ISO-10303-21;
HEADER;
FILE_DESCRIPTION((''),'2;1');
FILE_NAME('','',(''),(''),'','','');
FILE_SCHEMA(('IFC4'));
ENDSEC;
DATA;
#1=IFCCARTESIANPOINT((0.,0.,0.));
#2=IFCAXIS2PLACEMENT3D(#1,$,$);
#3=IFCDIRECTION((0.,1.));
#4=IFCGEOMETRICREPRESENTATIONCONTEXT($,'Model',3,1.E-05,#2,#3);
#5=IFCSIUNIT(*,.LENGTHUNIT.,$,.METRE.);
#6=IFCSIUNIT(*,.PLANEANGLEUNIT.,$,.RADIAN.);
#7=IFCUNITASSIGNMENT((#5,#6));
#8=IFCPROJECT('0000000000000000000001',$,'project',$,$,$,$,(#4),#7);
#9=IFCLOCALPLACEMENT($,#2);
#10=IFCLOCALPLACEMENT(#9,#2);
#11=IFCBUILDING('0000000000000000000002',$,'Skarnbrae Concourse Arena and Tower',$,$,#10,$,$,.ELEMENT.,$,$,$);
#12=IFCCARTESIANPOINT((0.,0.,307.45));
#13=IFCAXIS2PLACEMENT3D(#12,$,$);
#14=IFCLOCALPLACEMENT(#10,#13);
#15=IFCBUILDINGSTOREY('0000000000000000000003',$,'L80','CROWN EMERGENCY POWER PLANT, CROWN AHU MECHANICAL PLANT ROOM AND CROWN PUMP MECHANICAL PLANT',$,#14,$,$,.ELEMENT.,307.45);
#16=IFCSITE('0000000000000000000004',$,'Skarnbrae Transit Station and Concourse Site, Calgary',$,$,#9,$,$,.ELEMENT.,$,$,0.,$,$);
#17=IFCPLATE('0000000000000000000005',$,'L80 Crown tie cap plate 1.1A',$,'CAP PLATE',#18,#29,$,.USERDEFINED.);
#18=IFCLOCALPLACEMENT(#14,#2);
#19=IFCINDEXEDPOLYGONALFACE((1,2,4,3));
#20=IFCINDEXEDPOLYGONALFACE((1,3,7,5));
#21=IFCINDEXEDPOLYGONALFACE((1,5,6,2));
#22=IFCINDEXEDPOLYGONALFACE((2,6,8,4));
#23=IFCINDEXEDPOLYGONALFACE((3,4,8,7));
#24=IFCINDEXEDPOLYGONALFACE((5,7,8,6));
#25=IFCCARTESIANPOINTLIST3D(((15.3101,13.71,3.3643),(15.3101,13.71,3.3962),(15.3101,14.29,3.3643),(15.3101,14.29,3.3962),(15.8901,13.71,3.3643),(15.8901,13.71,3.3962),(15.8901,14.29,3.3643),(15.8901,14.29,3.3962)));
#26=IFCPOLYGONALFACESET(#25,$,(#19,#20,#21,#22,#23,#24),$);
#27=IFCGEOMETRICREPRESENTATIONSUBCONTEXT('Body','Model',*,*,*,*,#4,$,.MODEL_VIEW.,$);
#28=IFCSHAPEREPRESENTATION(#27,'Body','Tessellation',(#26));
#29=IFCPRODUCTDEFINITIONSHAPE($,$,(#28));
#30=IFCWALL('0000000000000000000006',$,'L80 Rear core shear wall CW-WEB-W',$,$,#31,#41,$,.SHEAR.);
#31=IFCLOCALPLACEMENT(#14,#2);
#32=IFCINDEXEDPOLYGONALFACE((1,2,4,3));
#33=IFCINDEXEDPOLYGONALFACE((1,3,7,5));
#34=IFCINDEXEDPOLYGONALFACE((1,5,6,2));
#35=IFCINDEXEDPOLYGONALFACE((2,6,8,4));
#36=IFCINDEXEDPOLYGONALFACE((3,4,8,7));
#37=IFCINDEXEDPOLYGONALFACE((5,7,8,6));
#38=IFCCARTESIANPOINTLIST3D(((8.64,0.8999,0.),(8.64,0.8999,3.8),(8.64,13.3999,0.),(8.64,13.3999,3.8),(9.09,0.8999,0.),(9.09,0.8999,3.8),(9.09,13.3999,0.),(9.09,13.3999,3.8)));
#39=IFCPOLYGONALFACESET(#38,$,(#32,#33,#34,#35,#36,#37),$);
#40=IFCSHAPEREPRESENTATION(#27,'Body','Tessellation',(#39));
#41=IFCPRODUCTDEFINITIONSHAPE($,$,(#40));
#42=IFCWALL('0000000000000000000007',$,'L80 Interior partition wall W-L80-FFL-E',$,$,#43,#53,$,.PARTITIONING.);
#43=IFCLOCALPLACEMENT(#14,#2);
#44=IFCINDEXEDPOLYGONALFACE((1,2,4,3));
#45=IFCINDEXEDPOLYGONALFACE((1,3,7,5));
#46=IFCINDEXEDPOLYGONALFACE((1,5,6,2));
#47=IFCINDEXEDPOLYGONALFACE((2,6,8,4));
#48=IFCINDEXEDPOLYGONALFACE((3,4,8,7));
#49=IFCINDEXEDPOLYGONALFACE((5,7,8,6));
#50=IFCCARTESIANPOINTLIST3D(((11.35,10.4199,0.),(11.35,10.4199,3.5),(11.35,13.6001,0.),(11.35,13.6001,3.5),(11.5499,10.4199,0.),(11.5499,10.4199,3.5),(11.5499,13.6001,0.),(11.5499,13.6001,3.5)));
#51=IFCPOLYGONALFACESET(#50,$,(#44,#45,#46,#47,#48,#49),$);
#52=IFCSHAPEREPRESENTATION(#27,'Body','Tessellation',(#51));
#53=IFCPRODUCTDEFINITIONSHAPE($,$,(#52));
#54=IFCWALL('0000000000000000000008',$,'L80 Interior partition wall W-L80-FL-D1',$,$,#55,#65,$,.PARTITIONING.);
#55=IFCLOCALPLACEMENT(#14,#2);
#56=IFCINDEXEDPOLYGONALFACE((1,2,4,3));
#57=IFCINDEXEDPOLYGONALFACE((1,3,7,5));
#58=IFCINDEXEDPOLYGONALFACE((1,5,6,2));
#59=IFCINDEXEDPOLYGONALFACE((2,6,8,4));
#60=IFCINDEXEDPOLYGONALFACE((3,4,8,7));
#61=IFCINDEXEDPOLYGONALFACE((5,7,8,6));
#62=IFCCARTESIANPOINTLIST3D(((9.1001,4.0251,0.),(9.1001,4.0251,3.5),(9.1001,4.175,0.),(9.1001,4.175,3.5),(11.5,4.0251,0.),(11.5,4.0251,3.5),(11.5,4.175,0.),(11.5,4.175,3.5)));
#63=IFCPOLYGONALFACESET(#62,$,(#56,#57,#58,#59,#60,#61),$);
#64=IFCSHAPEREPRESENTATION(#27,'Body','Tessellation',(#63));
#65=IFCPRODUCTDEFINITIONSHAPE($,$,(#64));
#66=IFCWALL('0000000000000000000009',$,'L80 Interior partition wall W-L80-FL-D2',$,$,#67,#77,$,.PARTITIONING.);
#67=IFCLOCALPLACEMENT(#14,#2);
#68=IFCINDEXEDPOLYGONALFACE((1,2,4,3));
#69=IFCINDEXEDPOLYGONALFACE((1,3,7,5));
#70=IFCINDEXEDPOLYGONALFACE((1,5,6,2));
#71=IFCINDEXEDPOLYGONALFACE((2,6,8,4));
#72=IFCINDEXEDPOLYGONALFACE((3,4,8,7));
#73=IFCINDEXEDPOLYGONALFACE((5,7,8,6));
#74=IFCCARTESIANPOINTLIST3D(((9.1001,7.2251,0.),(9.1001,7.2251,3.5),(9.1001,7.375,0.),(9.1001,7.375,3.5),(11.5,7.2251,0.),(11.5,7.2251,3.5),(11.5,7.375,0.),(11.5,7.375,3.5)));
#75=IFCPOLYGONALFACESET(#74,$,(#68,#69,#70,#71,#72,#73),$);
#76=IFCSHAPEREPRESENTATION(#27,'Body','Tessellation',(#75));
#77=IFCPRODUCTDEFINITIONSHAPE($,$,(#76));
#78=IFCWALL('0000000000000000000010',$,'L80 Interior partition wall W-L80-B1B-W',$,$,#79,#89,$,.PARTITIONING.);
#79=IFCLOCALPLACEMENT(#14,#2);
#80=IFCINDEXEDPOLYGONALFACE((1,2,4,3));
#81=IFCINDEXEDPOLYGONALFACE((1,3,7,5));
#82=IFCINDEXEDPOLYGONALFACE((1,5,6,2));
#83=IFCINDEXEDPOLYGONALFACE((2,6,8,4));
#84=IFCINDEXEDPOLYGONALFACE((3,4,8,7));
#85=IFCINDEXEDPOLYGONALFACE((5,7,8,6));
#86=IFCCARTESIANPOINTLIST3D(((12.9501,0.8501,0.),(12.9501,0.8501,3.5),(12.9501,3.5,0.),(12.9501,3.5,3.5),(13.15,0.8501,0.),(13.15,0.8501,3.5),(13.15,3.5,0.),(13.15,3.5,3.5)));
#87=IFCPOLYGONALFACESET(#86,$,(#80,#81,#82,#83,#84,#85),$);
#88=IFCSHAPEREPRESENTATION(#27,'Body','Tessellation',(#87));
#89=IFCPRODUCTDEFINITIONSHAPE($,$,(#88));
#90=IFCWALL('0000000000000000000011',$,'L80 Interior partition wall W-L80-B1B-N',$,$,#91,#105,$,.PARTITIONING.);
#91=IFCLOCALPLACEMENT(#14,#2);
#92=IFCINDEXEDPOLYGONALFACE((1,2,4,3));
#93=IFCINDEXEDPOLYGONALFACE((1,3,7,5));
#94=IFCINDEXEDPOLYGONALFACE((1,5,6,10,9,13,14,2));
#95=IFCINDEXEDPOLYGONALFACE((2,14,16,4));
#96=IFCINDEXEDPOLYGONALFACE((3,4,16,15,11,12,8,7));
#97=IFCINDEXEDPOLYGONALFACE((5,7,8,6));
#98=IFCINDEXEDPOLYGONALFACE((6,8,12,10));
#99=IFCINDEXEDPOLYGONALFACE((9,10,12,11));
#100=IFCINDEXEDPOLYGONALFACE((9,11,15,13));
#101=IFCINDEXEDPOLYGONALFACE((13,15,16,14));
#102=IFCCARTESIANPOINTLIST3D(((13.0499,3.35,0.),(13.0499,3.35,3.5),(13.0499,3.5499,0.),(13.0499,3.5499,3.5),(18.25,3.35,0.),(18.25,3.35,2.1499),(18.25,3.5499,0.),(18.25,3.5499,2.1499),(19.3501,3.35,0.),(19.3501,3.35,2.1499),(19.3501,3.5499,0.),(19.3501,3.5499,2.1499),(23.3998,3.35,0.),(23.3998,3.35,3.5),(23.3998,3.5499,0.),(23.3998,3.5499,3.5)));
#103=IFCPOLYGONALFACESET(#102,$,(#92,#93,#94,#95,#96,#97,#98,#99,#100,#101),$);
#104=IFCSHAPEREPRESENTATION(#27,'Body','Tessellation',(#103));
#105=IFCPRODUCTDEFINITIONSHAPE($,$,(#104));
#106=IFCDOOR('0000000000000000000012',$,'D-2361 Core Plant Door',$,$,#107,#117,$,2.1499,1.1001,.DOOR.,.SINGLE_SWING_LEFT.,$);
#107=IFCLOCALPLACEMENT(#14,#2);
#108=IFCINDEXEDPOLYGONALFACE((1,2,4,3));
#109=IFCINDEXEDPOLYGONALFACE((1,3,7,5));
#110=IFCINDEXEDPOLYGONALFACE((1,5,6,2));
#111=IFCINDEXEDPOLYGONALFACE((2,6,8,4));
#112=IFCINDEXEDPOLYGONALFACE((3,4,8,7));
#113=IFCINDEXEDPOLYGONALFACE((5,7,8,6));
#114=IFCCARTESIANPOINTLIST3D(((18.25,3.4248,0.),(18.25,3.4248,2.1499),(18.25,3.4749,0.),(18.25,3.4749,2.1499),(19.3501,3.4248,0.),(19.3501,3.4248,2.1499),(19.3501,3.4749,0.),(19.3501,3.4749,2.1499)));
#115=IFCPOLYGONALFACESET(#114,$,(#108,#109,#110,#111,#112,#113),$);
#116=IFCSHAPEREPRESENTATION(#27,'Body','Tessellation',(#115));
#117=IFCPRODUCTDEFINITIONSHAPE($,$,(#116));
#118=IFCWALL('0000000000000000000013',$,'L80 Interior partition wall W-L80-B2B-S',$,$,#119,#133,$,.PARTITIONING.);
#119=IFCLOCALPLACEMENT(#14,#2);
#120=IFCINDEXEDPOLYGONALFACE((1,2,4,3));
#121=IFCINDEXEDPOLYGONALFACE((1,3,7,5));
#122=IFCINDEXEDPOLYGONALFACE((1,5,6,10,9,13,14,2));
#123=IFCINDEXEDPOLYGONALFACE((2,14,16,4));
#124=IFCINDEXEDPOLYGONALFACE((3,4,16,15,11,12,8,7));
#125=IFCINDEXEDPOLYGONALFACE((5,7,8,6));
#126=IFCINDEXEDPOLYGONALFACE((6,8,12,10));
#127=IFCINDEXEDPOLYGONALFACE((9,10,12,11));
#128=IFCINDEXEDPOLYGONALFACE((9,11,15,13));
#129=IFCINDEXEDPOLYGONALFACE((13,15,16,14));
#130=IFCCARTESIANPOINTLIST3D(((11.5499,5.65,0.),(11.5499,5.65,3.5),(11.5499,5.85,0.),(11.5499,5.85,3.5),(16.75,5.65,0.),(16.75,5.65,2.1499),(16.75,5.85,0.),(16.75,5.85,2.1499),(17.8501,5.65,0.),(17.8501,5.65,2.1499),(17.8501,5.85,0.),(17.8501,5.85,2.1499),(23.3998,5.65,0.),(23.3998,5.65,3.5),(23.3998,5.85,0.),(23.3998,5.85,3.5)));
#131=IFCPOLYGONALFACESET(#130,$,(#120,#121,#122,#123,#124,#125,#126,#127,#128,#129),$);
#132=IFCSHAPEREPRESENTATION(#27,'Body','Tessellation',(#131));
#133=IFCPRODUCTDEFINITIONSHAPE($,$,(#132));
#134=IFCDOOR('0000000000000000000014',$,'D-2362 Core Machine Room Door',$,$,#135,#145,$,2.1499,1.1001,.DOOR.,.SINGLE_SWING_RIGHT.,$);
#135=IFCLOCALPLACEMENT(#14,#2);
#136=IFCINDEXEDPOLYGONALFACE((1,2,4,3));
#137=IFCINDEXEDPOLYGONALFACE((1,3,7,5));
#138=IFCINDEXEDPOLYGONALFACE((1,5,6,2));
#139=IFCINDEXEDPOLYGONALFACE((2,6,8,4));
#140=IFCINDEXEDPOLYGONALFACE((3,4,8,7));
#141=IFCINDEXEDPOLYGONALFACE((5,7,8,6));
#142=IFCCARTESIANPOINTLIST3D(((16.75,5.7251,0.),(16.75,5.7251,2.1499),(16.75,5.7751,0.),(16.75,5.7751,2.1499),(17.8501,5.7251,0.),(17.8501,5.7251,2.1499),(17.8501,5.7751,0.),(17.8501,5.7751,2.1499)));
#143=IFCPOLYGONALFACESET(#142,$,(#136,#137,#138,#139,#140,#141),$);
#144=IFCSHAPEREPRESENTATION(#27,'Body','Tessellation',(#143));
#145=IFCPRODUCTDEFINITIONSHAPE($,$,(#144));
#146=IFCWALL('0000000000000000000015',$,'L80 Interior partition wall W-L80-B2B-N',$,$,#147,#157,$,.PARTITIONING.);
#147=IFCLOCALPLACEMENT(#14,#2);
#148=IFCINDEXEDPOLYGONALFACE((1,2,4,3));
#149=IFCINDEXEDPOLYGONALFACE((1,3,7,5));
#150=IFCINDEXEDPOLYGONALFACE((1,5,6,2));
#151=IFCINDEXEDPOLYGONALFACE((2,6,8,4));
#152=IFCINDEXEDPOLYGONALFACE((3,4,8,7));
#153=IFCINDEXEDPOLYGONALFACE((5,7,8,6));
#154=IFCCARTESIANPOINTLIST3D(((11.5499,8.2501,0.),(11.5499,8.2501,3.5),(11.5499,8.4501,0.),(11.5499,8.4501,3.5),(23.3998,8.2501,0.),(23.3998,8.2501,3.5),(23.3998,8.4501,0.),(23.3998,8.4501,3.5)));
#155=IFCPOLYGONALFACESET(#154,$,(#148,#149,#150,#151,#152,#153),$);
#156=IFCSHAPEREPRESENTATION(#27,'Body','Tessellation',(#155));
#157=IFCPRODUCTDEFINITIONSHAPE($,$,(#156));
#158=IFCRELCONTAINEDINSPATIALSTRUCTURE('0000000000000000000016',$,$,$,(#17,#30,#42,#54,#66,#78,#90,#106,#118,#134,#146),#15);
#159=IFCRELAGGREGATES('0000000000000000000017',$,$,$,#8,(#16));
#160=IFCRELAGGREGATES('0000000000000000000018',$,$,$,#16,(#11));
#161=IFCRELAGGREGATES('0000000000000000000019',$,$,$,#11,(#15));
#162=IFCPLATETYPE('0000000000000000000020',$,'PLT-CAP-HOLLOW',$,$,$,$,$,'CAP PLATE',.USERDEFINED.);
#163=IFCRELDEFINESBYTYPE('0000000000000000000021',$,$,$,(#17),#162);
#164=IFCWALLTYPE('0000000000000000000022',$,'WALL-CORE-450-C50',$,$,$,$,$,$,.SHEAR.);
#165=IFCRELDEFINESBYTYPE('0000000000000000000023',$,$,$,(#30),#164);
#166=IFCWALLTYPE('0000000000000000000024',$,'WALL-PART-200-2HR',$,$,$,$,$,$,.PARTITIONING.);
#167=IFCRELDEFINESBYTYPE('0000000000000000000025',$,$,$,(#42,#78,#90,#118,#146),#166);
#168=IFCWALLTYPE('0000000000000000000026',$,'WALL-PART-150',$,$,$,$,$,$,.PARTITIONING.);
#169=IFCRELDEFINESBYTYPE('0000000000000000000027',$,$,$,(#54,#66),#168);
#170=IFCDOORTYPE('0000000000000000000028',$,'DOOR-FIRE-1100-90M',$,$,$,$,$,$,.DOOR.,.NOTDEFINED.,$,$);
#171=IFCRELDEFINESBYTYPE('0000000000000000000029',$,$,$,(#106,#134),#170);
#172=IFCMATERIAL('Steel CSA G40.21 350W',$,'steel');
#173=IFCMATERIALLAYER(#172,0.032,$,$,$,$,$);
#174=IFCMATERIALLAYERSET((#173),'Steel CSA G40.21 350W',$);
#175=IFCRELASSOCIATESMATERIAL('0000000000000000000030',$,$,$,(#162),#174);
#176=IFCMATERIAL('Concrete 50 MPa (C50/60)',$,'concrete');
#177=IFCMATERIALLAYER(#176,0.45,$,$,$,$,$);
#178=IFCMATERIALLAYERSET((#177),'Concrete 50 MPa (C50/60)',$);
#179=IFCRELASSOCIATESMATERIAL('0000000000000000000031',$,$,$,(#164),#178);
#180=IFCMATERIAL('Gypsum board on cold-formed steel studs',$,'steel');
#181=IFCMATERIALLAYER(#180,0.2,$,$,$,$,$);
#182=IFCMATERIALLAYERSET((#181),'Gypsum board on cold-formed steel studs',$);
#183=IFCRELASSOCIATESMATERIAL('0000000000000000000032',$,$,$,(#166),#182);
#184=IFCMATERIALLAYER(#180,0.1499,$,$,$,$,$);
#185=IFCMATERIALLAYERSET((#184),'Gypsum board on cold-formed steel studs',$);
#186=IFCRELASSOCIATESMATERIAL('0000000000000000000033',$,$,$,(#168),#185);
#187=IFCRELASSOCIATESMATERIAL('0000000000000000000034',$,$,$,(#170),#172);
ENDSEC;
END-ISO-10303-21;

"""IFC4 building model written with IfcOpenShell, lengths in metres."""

from ifc_helpers import new_model, si_unit, direction, frame, frame_2d, origin, origin_2d, place, context, subcontext, project, spatial, rectangle, extrude, source, transform, mapped, material, layer, layer_set, type_object, element, fill, save


model = new_model("IFC4")

# Units and contexts
model_context = context("Model", 3, precision=1e-05, world=origin(), true_north=direction((0.0, 1.0)))
body_context = subcontext(model_context, "Body", "Model", "MODEL_VIEW")
ifc_project = project(units=[si_unit("LENGTHUNIT", "METRE"), si_unit("PLANEANGLEUNIT", "RADIAN")], contexts=[model_context])

# Site, building, storey
site_placement = place(None, origin())
site = spatial("IfcSite", under=ifc_project, at=site_placement, Name="Skarnbrae Transit Station and Concourse Site, Calgary", CompositionType="ELEMENT", RefElevation=0.0)
building_placement = place(site_placement, origin())
building = spatial("IfcBuilding", under=site, at=building_placement, Name="Skarnbrae Concourse Arena and Tower", CompositionType="ELEMENT")
storey_placement = place(building_placement, frame((0.0, 0.0, 307.45)))
storey = spatial("IfcBuildingStorey", under=building, at=storey_placement, Name="L80", Description="CROWN EMERGENCY POWER PLANT, CROWN AHU MECHANICAL PLANT ROOM AND CROWN PUMP MECHANICAL PLANT", CompositionType="ELEMENT", Elevation=307.45)

# Shared definitions
ifc_material_1 = material(Name="Steel CSA G40.21 350W", Category="steel")

# Plate
ifc_layer_1 = layer(ifc_material_1, 0.032)
ifc_layer_set_1 = layer_set([ifc_layer_1], Name="Steel CSA G40.21 350W")
plate_type = type_object("IfcPlateType", Name="PLT-CAP-HOLLOW", ElementType="CAP PLATE", PredefinedType="USERDEFINED", material=ifc_layer_set_1)
shared_shape_1 = source(origin(), body_context, "Body", "SweptSolid", [
    extrude(rectangle(XDim=0.5801, YDim=0.5801, at=origin_2d()), origin(), (0.0, 0.0, 1.0), 0.032),
])
plate_placement = place(storey_placement, frame((15.6001, 14.0, 3.3643), z_axis=(0.0, 0.0, 1.0), x_axis=(1.0, 0.0, 0.0)))
element("IfcPlate", 1, at=plate_placement, inside=storey, type_object=plate_type, Name="L80 Crown tie cap plate 1.1A", ObjectType="CAP PLATE", PredefinedType="USERDEFINED", context=body_context, shape_type="MappedRepresentation", body=[
    mapped(shared_shape_1, transform((0.0, 0.0, 0.0))),
])

# Walls
ifc_material_2 = material(Name="Concrete 50 MPa (C50/60)", Category="concrete")
ifc_layer_2 = layer(ifc_material_2, 0.45)
ifc_layer_set_2 = layer_set([ifc_layer_2], Name="Concrete 50 MPa (C50/60)")
wall_type_1 = type_object("IfcWallType", Name="WALL-CORE-450-C50", PredefinedType="SHEAR", material=ifc_layer_set_2)
shared_shape_2 = source(origin(), body_context, "Body", "SweptSolid", [
    extrude(rectangle(XDim=12.5, YDim=0.45, at=frame_2d((6.25, 0.0))), origin(), (0.0, 0.0, 1.0), 3.8),
])
wall_1_placement = place(storey_placement, frame((8.865, 0.8999, 0.0), z_axis=(0.0, 0.0, 1.0), x_axis=(0.0, 1.0, 0.0)))
element("IfcWall", 2, at=wall_1_placement, inside=storey, type_object=wall_type_1, Name="L80 Rear core shear wall CW-WEB-W", PredefinedType="SHEAR", context=body_context, shape_type="MappedRepresentation", body=[
    mapped(shared_shape_2, transform((0.0, 0.0, 0.0))),
])
ifc_material_3 = material(Name="Gypsum board on cold-formed steel studs", Category="steel")
ifc_layer_3 = layer(ifc_material_3, 0.2)
ifc_layer_set_3 = layer_set([ifc_layer_3], Name="Gypsum board on cold-formed steel studs")
wall_type_2 = type_object("IfcWallType", Name="WALL-PART-200-2HR", PredefinedType="PARTITIONING", material=ifc_layer_set_3)
shared_shape_3 = source(origin(), body_context, "Body", "SweptSolid", [
    extrude(rectangle(XDim=3.1802, YDim=0.2, at=frame_2d((1.5901, 0.0))), origin(), (0.0, 0.0, 1.0), 3.5),
])
wall_2_placement = place(storey_placement, frame((11.45, 10.4199, 0.0), z_axis=(0.0, 0.0, 1.0), x_axis=(0.0, 1.0, 0.0)))
element("IfcWall", 3, at=wall_2_placement, inside=storey, type_object=wall_type_2, Name="L80 Interior partition wall W-L80-FFL-E", PredefinedType="PARTITIONING", context=body_context, shape_type="MappedRepresentation", body=[
    mapped(shared_shape_3, transform((0.0, 0.0, 0.0))),
])

# Shared definitions
shared_shape_4 = source(origin(), body_context, "Body", "SweptSolid", [
    extrude(rectangle(XDim=1.1001, YDim=2.1499, at=frame_2d((0.55, 1.075))), frame((0.0, 0.0249, 0.0), z_axis=(0.0, -1.0, 0.0), x_axis=(1.0, 0.0, 0.0)), (0.0, 0.0, 1.0), 0.05),
])

# Walls
ifc_layer_4 = layer(ifc_material_3, 0.1499)
ifc_layer_set_4 = layer_set([ifc_layer_4], Name="Gypsum board on cold-formed steel studs")
wall_type_3 = type_object("IfcWallType", Name="WALL-PART-150", PredefinedType="PARTITIONING", material=ifc_layer_set_4)
shared_shape_5 = source(origin(), body_context, "Body", "SweptSolid", [
    extrude(rectangle(XDim=2.3999, YDim=0.1499, at=frame_2d((1.2, 0.0))), origin(), (0.0, 0.0, 1.0), 3.5),
])
for number, where, z_axis, x_axis, name in (
    (4, (9.1001, 4.1001, 0.0), (0.0, 0.0, 1.0), (1.0, 0.0, 0.0), "L80 Interior partition wall W-L80-FL-D1"),
    (5, (9.1001, 7.3, 0.0), (0.0, 0.0, 1.0), (1.0, 0.0, 0.0), "L80 Interior partition wall W-L80-FL-D2"),
):
    element("IfcWall", number, at=place(storey_placement, frame(where, z_axis=z_axis, x_axis=x_axis)), inside=storey, type_object=wall_type_3, Name=name, PredefinedType="PARTITIONING", context=body_context, shape_type="MappedRepresentation", body=[
        mapped(shared_shape_5, transform((0.0, 0.0, 0.0))),
    ])
shared_shape_6 = source(origin(), body_context, "Body", "SweptSolid", [
    extrude(rectangle(XDim=2.6499, YDim=0.2, at=frame_2d((1.325, 0.0))), origin(), (0.0, 0.0, 1.0), 3.5),
])
wall_3_placement = place(storey_placement, frame((13.05, 0.8501, 0.0), z_axis=(0.0, 0.0, 1.0), x_axis=(0.0, 1.0, 0.0)))
element("IfcWall", 6, at=wall_3_placement, inside=storey, type_object=wall_type_2, Name="L80 Interior partition wall W-L80-B1B-W", PredefinedType="PARTITIONING", context=body_context, shape_type="MappedRepresentation", body=[
    mapped(shared_shape_6, transform((0.0, 0.0, 0.0))),
])

# Walls, openings, doors
shared_shape_7 = source(origin(), body_context, "Body", "SweptSolid", [
    extrude(rectangle(XDim=10.3499, YDim=0.2, at=frame_2d((5.1748, 0.0))), origin(), (0.0, 0.0, 1.0), 3.5),
])
wall_4_placement = place(storey_placement, frame((13.05, 3.45, 0.0), z_axis=(0.0, 0.0, 1.0), x_axis=(1.0, 0.0, 0.0)))
wall_4 = element("IfcWall", 7, at=wall_4_placement, inside=storey, type_object=wall_type_2, Name="L80 Interior partition wall W-L80-B1B-N", PredefinedType="PARTITIONING", context=body_context, shape_type="MappedRepresentation", body=[
    mapped(shared_shape_7, transform((0.0, 0.0, 0.0))),
])
opening_1_placement = place(wall_4_placement, frame((5.2, 0.0, 0.0)))
opening_1 = element("IfcOpeningElement", 8, at=opening_1_placement, cuts=wall_4, PredefinedType="OPENING", context=body_context, shape_type="SweptSolid", body=[
    extrude(rectangle(XDim=1.1001, YDim=2.1499, at=frame_2d((0.55, 1.075))), frame((0.0, 0.1099, 0.0), z_axis=(0.0, -1.0, 0.0), x_axis=(1.0, 0.0, 0.0)), (0.0, 0.0, 1.0), 0.22),
])
door_type_1 = type_object("IfcDoorType", Name="DOOR-FIRE-1100-90M", OperationType="NOTDEFINED", PredefinedType="DOOR", material=ifc_material_1)
door_1_placement = place(opening_1_placement, origin())
door_1 = element("IfcDoor", 9, at=door_1_placement, inside=storey, type_object=door_type_1, Name="D-2361 Core Plant Door", OperationType="SINGLE_SWING_LEFT", OverallHeight=2.1499, OverallWidth=1.1001, PredefinedType="DOOR", context=body_context, shape_type="MappedRepresentation", body=[
    mapped(shared_shape_4, transform((0.0, 0.0, 0.0))),
])
fill(opening_1, door_1)
shared_shape_8 = source(origin(), body_context, "Body", "SweptSolid", [
    extrude(rectangle(XDim=11.8499, YDim=0.2, at=frame_2d((5.9248, 0.0))), origin(), (0.0, 0.0, 1.0), 3.5),
])
wall_5_placement = place(storey_placement, frame((11.55, 5.75, 0.0), z_axis=(0.0, 0.0, 1.0), x_axis=(1.0, 0.0, 0.0)))
wall_5 = element("IfcWall", 10, at=wall_5_placement, inside=storey, type_object=wall_type_2, Name="L80 Interior partition wall W-L80-B2B-S", PredefinedType="PARTITIONING", context=body_context, shape_type="MappedRepresentation", body=[
    mapped(shared_shape_8, transform((0.0, 0.0, 0.0))),
])
opening_2_placement = place(wall_5_placement, frame((5.2, 0.0, 0.0)))
opening_2 = element("IfcOpeningElement", 11, at=opening_2_placement, cuts=wall_5, PredefinedType="OPENING", context=body_context, shape_type="SweptSolid", body=[
    extrude(rectangle(XDim=1.1001, YDim=2.1499, at=frame_2d((0.55, 1.075))), frame((0.0, 0.1099, 0.0), z_axis=(0.0, -1.0, 0.0), x_axis=(1.0, 0.0, 0.0)), (0.0, 0.0, 1.0), 0.22),
])
door_2_placement = place(opening_2_placement, frame((1.1001, 0.0, 0.0), z_axis=(0.0, 0.0, 1.0), x_axis=(-1.0, 0.0, 0.0)))
door_2 = element("IfcDoor", 12, at=door_2_placement, inside=storey, type_object=door_type_1, Name="D-2362 Core Machine Room Door", OperationType="SINGLE_SWING_RIGHT", OverallHeight=2.1499, OverallWidth=1.1001, PredefinedType="DOOR", context=body_context, shape_type="MappedRepresentation", body=[
    mapped(shared_shape_4, transform((0.0, 0.0, 0.0))),
])
fill(opening_2, door_2)

# Wall
wall_6_placement = place(storey_placement, frame((11.55, 8.3501, 0.0), z_axis=(0.0, 0.0, 1.0), x_axis=(1.0, 0.0, 0.0)))
element("IfcWall", 13, at=wall_6_placement, inside=storey, type_object=wall_type_2, Name="L80 Interior partition wall W-L80-B2B-N", PredefinedType="PARTITIONING", context=body_context, shape_type="MappedRepresentation", body=[
    mapped(shared_shape_8, transform((0.0, 0.0, 0.0))),
])

save(model, "model.ifc")
